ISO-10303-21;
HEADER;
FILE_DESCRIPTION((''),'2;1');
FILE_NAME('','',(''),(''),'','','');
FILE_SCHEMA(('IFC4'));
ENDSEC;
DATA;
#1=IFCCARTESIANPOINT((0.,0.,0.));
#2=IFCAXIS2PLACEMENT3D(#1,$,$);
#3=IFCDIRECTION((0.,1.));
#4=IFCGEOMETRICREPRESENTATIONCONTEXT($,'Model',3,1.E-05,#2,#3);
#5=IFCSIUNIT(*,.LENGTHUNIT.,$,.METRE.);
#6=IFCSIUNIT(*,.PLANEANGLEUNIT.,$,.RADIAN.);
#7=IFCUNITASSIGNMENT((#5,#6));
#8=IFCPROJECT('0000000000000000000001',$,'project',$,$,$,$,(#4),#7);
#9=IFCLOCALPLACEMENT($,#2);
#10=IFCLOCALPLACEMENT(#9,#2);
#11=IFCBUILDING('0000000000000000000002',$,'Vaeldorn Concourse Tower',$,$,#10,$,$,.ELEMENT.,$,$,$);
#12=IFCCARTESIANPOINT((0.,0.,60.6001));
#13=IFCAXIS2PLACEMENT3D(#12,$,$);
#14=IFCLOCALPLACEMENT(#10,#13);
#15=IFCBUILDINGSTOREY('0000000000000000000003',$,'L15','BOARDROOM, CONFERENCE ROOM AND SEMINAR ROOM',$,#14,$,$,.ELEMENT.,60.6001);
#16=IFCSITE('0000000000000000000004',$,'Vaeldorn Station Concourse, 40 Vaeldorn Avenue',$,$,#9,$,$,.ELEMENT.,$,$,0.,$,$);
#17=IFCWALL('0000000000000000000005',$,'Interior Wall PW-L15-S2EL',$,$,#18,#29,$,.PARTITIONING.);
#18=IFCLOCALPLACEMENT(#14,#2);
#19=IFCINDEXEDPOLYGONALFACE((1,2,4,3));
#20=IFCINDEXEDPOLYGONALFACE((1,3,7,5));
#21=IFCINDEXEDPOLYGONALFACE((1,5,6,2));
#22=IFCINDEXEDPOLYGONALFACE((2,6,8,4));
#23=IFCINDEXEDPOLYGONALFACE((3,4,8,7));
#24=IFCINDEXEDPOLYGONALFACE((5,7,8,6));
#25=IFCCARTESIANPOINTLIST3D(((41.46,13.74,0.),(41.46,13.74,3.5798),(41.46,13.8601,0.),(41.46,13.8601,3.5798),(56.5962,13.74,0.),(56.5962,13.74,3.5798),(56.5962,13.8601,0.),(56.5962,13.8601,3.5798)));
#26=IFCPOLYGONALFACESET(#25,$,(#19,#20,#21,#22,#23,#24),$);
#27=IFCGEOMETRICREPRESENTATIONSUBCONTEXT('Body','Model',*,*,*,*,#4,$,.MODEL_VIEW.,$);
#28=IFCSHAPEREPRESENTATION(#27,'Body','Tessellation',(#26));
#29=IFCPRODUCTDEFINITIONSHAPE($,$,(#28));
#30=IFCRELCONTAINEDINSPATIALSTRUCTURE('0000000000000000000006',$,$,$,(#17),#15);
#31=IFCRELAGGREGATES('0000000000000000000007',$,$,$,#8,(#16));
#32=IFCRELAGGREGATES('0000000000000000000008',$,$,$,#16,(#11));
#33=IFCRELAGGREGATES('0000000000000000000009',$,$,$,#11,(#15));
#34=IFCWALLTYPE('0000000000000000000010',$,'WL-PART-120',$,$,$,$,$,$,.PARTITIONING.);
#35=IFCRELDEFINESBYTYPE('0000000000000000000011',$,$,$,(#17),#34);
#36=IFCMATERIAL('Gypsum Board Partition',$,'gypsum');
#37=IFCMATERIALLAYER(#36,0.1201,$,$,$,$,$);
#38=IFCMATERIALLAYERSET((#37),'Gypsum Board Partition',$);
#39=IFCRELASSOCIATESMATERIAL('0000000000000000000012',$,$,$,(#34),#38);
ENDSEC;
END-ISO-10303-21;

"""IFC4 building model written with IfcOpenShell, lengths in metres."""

from ifc_helpers import new_model, si_unit, direction, frame, frame_2d, origin, place, context, subcontext, project, spatial, rectangle, extrude, material, layer, layer_set, type_object, element, save


model = new_model("IFC4")

# Units and contexts
model_context = context("Model", 3, precision=1e-05, world=origin(), true_north=direction((0.0, 1.0)))
body_context = subcontext(model_context, "Body", "Model", "MODEL_VIEW")
ifc_project = project(units=[si_unit("LENGTHUNIT", "METRE"), si_unit("PLANEANGLEUNIT", "RADIAN")], contexts=[model_context])

# Site, building, storey
site_placement = place(None, origin())
site = spatial("IfcSite", under=ifc_project, at=site_placement, Name="Vaeldorn Station Concourse, 40 Vaeldorn Avenue", CompositionType="ELEMENT", RefElevation=0.0)
building_placement = place(site_placement, origin())
building = spatial("IfcBuilding", under=site, at=building_placement, Name="Vaeldorn Concourse Tower", CompositionType="ELEMENT")
storey_placement = place(building_placement, frame((0.0, 0.0, 60.6001)))
storey = spatial("IfcBuildingStorey", under=building, at=storey_placement, Name="L15", Description="BOARDROOM, CONFERENCE ROOM AND SEMINAR ROOM", CompositionType="ELEMENT", Elevation=60.6001)

# Shared definitions
ifc_material_1 = material(Name="Gypsum Board Partition", Category="gypsum")
ifc_layer_1 = layer(ifc_material_1, 0.1201)
ifc_layer_set_1 = layer_set([ifc_layer_1], Name="Gypsum Board Partition")
wall_type_1 = type_object("IfcWallType", Name="WL-PART-120", PredefinedType="PARTITIONING", material=ifc_layer_set_1)

# Wall
wall_1_placement = place(storey_placement, frame((41.46, 13.8, 0.0), z_axis=(0.0, 0.0, 1.0), x_axis=(1.0, 0.0, 0.0)))
element("IfcWall", 1, at=wall_1_placement, inside=storey, type_object=wall_type_1, Name="Interior Wall PW-L15-S2EL", PredefinedType="PARTITIONING", context=body_context, shape_type="SweptSolid", body=[
    extrude(rectangle(XDim=15.1362, YDim=0.1201, at=frame_2d((7.5681, 0.0))), origin(), (0.0, 0.0, 1.0), 3.5798),
])

save(model, "model.ifc")
